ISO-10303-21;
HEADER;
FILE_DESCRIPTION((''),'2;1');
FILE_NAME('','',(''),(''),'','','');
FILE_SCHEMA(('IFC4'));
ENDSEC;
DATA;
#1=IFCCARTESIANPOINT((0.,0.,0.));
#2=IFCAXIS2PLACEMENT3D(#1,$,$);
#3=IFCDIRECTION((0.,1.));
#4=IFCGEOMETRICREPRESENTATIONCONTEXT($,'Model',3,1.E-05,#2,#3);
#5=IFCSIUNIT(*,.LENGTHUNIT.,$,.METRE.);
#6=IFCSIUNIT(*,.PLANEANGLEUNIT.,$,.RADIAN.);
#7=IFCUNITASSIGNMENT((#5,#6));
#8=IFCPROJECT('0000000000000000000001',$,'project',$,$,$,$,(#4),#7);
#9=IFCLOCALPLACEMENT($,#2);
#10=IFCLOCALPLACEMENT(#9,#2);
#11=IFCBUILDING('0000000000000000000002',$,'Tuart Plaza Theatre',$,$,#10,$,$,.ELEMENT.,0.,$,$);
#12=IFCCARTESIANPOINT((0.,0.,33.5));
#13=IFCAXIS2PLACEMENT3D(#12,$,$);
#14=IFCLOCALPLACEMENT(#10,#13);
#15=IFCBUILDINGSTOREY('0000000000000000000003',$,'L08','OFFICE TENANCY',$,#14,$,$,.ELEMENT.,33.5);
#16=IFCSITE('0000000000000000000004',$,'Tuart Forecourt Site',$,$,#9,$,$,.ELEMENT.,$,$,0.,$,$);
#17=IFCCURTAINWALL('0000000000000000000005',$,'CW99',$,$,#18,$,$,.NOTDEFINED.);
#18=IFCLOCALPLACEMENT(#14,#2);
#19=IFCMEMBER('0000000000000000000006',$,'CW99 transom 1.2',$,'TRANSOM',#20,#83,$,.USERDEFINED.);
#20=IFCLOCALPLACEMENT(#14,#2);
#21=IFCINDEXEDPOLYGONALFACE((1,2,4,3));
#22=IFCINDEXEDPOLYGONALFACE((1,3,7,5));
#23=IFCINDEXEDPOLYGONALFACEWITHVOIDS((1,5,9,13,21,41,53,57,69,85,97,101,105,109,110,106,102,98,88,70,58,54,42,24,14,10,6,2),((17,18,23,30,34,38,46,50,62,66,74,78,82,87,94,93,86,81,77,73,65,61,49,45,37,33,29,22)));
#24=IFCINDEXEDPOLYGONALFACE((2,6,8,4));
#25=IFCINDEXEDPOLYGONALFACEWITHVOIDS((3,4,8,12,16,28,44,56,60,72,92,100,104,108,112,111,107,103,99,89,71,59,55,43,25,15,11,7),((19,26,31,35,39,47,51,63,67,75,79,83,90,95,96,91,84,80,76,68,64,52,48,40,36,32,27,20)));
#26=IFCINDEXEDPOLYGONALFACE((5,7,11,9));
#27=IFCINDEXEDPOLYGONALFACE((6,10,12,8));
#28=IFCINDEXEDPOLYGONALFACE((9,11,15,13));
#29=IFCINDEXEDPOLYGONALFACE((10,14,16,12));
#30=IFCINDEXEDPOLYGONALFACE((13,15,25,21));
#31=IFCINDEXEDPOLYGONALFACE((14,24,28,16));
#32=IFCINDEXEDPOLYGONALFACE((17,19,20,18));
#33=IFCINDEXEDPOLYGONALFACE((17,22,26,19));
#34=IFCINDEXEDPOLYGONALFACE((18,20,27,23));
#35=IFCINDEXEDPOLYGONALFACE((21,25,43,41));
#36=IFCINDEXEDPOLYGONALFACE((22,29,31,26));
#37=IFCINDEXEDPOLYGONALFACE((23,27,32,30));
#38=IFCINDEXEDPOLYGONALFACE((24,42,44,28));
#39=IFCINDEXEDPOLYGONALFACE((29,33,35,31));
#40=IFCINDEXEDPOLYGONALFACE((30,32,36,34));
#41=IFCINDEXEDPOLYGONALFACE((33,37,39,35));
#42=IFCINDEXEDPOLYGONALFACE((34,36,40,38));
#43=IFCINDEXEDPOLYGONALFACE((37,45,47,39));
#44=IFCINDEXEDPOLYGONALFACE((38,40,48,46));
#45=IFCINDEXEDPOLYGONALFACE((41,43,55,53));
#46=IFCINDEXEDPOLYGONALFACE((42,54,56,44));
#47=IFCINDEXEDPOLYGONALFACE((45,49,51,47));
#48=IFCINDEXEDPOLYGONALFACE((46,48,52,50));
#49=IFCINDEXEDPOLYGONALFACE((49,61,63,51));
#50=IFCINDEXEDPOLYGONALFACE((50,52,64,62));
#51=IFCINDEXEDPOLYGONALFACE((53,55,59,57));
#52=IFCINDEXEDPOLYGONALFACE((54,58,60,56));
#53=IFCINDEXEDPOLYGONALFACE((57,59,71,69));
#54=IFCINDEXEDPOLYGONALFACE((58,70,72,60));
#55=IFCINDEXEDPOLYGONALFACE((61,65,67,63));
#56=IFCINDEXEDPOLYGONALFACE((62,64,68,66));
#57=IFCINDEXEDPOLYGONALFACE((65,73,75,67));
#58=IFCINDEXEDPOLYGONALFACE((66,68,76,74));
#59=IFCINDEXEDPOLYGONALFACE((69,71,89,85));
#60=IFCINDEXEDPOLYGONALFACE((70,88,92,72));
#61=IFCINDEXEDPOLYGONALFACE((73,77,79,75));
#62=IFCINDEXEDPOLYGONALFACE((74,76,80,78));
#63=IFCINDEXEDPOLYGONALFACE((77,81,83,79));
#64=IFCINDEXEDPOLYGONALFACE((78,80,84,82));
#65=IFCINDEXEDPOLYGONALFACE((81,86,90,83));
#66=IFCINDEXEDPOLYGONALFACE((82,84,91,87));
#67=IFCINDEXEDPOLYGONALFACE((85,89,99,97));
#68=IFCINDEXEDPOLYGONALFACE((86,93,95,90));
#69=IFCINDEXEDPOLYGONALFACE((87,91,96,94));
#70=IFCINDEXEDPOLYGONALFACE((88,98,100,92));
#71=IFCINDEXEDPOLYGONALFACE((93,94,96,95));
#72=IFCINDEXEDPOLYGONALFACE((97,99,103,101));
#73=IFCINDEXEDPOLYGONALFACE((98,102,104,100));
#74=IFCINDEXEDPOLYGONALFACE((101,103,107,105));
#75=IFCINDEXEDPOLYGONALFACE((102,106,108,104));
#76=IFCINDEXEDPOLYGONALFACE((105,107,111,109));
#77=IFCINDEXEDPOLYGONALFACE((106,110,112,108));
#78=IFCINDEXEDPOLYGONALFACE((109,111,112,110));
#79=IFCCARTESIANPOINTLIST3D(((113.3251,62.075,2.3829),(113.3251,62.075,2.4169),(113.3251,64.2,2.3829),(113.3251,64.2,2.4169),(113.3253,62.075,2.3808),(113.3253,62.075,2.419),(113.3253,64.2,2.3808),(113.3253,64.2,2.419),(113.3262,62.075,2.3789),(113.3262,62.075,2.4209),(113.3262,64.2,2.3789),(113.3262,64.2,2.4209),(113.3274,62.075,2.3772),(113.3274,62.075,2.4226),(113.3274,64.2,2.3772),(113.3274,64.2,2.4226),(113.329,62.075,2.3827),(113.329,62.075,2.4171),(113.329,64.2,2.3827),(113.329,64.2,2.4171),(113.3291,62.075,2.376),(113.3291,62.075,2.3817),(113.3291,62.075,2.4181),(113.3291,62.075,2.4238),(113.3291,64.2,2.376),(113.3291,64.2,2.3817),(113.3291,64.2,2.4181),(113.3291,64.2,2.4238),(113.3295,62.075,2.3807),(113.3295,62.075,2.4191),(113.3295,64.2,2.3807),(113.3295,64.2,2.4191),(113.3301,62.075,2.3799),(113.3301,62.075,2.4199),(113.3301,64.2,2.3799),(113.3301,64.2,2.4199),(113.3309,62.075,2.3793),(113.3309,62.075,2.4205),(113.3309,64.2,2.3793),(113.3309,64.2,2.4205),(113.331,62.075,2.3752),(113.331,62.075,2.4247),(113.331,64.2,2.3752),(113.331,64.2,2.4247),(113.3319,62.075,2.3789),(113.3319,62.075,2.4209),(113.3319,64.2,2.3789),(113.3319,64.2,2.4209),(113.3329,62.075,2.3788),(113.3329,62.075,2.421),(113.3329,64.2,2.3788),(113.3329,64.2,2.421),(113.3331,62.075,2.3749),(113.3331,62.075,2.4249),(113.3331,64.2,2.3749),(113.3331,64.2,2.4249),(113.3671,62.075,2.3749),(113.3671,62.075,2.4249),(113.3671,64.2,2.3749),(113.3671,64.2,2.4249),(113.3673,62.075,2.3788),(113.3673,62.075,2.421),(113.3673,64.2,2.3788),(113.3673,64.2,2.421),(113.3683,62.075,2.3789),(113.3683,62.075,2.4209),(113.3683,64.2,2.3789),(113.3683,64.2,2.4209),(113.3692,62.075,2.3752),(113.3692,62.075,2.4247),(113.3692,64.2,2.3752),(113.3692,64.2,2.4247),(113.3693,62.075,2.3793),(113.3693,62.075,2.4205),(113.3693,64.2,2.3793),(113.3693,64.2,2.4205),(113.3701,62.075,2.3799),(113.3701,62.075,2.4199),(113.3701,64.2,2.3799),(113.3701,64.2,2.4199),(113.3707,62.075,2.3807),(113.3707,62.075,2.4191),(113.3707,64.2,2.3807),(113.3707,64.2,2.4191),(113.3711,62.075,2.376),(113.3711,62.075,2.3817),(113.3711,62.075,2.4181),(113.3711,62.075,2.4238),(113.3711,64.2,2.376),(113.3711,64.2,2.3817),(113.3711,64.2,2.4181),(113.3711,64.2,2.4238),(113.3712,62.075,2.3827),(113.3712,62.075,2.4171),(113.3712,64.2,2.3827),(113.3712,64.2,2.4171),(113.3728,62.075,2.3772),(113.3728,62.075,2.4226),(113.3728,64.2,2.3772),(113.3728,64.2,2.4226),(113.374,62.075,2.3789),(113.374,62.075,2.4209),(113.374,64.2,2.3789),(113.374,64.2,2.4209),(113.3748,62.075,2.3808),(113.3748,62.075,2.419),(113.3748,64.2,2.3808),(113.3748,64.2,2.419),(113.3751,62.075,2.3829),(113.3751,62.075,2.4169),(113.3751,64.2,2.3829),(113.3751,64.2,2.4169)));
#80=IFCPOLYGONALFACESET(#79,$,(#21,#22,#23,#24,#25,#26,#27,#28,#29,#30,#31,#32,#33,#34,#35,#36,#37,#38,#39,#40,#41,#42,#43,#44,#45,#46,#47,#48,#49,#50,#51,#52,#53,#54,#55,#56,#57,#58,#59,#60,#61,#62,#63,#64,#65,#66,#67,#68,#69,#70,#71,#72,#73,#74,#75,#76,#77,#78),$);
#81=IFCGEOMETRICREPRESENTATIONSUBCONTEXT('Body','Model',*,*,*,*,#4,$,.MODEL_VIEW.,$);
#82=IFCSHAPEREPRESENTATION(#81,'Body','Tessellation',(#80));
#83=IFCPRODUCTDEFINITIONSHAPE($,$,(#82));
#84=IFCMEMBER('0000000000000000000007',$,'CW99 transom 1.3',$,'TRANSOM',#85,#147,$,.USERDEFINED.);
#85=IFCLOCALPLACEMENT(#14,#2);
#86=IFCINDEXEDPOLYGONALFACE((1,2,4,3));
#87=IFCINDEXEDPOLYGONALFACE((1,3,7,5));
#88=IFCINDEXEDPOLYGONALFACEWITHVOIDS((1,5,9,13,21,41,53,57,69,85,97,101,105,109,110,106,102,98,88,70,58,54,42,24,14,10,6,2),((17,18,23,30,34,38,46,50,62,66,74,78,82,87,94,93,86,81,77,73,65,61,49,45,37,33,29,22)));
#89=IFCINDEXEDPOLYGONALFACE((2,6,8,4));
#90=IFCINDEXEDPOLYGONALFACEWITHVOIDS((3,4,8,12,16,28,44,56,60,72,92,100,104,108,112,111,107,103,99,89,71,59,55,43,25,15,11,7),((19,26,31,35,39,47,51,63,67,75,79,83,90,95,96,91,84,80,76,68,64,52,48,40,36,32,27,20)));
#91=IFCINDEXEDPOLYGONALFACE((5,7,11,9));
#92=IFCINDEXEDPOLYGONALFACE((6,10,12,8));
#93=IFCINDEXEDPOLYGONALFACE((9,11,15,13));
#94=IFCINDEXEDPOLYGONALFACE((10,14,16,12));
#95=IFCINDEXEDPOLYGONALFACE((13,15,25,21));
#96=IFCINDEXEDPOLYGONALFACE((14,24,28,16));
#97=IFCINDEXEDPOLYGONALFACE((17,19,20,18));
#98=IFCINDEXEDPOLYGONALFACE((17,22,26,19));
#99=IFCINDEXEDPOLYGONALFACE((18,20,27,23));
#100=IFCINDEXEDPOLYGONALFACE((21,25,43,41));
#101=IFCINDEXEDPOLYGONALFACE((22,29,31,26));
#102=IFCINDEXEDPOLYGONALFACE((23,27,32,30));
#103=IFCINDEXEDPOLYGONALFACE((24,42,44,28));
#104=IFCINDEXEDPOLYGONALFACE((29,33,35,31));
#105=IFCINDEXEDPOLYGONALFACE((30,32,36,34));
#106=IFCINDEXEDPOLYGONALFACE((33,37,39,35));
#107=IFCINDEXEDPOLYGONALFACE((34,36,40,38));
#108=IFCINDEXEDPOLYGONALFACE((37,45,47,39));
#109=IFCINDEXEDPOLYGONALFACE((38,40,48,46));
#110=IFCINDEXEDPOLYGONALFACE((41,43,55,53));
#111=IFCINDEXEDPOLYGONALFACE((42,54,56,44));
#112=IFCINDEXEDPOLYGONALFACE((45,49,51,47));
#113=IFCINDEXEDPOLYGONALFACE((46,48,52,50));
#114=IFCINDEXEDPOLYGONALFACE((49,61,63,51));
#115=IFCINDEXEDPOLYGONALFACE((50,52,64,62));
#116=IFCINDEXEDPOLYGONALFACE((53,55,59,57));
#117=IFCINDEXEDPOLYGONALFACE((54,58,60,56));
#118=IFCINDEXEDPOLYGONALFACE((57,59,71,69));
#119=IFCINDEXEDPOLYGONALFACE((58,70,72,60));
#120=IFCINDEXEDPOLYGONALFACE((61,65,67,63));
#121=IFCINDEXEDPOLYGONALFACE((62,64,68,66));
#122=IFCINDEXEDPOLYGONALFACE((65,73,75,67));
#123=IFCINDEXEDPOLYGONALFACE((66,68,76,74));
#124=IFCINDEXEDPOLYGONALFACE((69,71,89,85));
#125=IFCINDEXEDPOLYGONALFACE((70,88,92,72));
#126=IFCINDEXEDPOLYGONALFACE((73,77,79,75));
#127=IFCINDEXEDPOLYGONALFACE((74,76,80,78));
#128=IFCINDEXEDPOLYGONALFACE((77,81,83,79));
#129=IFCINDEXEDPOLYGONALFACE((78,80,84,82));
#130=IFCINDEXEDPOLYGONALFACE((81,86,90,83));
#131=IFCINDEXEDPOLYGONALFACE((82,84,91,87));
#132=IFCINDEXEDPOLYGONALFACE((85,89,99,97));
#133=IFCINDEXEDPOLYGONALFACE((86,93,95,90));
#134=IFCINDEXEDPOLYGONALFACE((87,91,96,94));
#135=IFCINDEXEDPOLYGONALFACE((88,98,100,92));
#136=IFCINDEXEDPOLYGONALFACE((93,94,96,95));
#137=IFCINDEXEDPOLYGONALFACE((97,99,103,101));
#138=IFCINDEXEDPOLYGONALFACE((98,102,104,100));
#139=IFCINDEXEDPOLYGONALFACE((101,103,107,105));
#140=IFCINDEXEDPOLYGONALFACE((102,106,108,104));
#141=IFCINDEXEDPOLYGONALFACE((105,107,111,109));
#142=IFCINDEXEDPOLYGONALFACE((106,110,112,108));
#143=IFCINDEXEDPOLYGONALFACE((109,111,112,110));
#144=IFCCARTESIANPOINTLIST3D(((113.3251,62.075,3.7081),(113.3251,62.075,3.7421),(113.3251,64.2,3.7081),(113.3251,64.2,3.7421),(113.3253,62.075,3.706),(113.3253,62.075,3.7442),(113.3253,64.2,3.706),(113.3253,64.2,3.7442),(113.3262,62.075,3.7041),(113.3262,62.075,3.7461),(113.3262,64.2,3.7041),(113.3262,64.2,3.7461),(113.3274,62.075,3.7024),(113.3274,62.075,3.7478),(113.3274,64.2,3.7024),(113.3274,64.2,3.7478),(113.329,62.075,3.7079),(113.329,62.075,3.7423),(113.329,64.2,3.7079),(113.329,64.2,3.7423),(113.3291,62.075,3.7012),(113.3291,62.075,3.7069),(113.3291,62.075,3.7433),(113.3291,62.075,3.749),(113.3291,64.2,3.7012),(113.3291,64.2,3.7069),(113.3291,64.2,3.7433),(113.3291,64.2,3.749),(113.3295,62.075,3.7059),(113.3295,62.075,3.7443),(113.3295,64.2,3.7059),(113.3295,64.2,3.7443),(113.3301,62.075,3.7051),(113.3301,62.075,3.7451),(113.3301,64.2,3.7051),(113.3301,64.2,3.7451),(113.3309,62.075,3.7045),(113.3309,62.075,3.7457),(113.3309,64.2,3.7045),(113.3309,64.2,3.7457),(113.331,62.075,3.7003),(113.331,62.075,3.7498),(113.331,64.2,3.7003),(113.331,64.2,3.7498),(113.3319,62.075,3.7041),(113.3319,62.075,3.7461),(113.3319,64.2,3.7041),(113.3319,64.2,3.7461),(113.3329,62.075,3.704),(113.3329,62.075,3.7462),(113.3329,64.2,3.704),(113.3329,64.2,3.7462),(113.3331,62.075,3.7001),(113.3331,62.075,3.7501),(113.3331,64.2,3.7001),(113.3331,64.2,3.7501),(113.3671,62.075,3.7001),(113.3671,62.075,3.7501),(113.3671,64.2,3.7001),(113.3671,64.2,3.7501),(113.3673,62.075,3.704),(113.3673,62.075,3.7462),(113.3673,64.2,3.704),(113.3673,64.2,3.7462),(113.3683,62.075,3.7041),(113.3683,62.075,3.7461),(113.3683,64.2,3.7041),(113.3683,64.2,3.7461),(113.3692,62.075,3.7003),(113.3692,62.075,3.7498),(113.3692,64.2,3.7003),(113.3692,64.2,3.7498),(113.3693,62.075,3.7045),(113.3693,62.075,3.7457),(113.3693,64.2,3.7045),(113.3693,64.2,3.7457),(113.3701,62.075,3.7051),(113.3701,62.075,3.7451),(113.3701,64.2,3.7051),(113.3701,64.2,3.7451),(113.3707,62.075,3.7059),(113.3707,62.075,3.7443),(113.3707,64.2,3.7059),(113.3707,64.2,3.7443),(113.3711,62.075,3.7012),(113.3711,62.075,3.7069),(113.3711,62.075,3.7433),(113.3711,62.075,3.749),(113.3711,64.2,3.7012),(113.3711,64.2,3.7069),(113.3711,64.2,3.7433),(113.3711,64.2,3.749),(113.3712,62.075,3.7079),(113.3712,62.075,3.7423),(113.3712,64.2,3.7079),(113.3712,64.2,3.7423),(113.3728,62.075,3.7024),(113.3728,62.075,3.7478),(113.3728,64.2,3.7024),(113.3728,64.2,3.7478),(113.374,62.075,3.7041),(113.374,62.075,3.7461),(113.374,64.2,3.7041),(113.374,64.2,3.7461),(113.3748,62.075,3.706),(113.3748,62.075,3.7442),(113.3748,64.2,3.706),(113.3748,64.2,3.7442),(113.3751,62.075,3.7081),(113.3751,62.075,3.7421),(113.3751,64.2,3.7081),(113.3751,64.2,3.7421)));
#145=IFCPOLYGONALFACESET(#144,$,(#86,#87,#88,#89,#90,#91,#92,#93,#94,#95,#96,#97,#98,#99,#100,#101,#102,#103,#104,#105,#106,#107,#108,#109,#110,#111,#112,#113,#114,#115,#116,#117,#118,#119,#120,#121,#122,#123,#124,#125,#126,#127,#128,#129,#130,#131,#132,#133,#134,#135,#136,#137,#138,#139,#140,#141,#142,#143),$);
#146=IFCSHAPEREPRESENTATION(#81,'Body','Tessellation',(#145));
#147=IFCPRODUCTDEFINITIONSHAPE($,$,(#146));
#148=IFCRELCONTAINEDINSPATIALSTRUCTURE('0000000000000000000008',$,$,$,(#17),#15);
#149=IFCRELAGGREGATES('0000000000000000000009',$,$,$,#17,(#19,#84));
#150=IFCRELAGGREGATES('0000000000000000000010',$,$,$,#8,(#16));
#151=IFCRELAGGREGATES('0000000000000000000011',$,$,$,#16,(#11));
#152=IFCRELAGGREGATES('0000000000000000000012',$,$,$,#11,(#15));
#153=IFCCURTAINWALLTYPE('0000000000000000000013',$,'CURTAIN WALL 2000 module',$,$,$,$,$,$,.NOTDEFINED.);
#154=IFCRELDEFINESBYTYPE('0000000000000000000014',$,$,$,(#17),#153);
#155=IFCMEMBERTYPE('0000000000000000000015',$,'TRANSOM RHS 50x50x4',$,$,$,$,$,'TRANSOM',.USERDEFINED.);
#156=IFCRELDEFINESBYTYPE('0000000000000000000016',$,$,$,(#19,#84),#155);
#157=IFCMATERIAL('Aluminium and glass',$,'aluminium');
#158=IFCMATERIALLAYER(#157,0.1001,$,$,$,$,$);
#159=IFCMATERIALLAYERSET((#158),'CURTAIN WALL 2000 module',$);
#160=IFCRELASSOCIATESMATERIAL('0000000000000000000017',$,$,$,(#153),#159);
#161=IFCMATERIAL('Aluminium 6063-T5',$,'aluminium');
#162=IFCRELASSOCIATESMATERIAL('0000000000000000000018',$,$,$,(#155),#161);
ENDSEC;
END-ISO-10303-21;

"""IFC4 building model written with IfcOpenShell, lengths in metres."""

from ifc_helpers import new_model, si_unit, direction, frame, origin, origin_2d, place, context, subcontext, project, spatial, hollow_rectangle, extrude, material, layer, layer_set, material_profile, profile_set, type_object, element, aggregate, save


model = new_model("IFC4")

# Units and contexts
model_context = context("Model", 3, precision=1e-05, world=origin(), true_north=direction((0.0, 1.0)))
body_context = subcontext(model_context, "Body", "Model", "MODEL_VIEW")
ifc_project = project(units=[si_unit("LENGTHUNIT", "METRE"), si_unit("PLANEANGLEUNIT", "RADIAN")], contexts=[model_context])

# Site, building, storey
site_placement = place(None, origin())
site = spatial("IfcSite", under=ifc_project, at=site_placement, Name="Tuart Forecourt Site", CompositionType="ELEMENT", RefElevation=0.0)
building_placement = place(site_placement, origin())
building = spatial("IfcBuilding", under=site, at=building_placement, Name="Tuart Plaza Theatre", CompositionType="ELEMENT", ElevationOfRefHeight=0.0)
storey_placement = place(building_placement, frame((0.0, 0.0, 33.5)))
storey = spatial("IfcBuildingStorey", under=building, at=storey_placement, Name="L08", Description="OFFICE TENANCY", CompositionType="ELEMENT", Elevation=33.5)

# Shared definitions
ifc_material_1 = material(Name="Aluminium and glass", Category="aluminium")
ifc_layer_1 = layer(ifc_material_1, 0.1001)
ifc_layer_set_1 = layer_set([ifc_layer_1], Name="CURTAIN WALL 2000 module")
curtain_wall_type = type_object("IfcCurtainWallType", Name="CURTAIN WALL 2000 module", PredefinedType="NOTDEFINED", material=ifc_layer_set_1)

# Curtain wall
curtain_wall_1_placement = place(storey_placement, origin())
curtain_wall_1 = element("IfcCurtainWall", 1, at=curtain_wall_1_placement, inside=storey, type_object=curtain_wall_type, Name="CW99", PredefinedType="NOTDEFINED")

# Members
ifc_material_2 = material(Name="Aluminium 6063-T5", Category="aluminium")
ifc_material_profile_1 = material_profile(ifc_material_2, hollow_rectangle(XDim=0.05, YDim=0.05, WallThickness=0.0039, InnerFilletRadius=0.0039, OuterFilletRadius=0.0081, at=origin_2d()), Name="RHS 50x50x4")
ifc_profile_set_1 = profile_set([ifc_material_profile_1], Name="Aluminium 6063-T5")
member_type_1 = type_object("IfcMemberType", Name="TRANSOM RHS 50x50x4", ElementType="TRANSOM", PredefinedType="USERDEFINED", material=ifc_profile_set_1)
member_1_placement = place(storey_placement, frame((113.3501, 64.2, 2.3999), z_axis=(0.0, -1.0, 0.0), x_axis=(1.0, 0.0, 0.0)))
member_1 = element("IfcMember", 2, at=member_1_placement, type_object=member_type_1, Name="CW99 transom 1.2", ObjectType="TRANSOM", PredefinedType="USERDEFINED", context=body_context, shape_type="SweptSolid", body=[
    extrude(hollow_rectangle(XDim=0.05, YDim=0.05, WallThickness=0.0039, InnerFilletRadius=0.0039, OuterFilletRadius=0.0081, at=origin_2d()), origin(), (0.0, 0.0, 1.0), 2.125),
])
member_2_placement = place(storey_placement, frame((113.3501, 64.2, 3.7251), z_axis=(0.0, -1.0, 0.0), x_axis=(1.0, 0.0, 0.0)))
member_2 = element("IfcMember", 3, at=member_2_placement, type_object=member_type_1, Name="CW99 transom 1.3", ObjectType="TRANSOM", PredefinedType="USERDEFINED", context=body_context, shape_type="SweptSolid", body=[
    extrude(hollow_rectangle(XDim=0.05, YDim=0.05, WallThickness=0.0039, InnerFilletRadius=0.0039, OuterFilletRadius=0.0081, at=origin_2d()), origin(), (0.0, 0.0, 1.0), 2.125),
])

aggregate(curtain_wall_1, [member_1, member_2])

save(model, "model.ifc")
